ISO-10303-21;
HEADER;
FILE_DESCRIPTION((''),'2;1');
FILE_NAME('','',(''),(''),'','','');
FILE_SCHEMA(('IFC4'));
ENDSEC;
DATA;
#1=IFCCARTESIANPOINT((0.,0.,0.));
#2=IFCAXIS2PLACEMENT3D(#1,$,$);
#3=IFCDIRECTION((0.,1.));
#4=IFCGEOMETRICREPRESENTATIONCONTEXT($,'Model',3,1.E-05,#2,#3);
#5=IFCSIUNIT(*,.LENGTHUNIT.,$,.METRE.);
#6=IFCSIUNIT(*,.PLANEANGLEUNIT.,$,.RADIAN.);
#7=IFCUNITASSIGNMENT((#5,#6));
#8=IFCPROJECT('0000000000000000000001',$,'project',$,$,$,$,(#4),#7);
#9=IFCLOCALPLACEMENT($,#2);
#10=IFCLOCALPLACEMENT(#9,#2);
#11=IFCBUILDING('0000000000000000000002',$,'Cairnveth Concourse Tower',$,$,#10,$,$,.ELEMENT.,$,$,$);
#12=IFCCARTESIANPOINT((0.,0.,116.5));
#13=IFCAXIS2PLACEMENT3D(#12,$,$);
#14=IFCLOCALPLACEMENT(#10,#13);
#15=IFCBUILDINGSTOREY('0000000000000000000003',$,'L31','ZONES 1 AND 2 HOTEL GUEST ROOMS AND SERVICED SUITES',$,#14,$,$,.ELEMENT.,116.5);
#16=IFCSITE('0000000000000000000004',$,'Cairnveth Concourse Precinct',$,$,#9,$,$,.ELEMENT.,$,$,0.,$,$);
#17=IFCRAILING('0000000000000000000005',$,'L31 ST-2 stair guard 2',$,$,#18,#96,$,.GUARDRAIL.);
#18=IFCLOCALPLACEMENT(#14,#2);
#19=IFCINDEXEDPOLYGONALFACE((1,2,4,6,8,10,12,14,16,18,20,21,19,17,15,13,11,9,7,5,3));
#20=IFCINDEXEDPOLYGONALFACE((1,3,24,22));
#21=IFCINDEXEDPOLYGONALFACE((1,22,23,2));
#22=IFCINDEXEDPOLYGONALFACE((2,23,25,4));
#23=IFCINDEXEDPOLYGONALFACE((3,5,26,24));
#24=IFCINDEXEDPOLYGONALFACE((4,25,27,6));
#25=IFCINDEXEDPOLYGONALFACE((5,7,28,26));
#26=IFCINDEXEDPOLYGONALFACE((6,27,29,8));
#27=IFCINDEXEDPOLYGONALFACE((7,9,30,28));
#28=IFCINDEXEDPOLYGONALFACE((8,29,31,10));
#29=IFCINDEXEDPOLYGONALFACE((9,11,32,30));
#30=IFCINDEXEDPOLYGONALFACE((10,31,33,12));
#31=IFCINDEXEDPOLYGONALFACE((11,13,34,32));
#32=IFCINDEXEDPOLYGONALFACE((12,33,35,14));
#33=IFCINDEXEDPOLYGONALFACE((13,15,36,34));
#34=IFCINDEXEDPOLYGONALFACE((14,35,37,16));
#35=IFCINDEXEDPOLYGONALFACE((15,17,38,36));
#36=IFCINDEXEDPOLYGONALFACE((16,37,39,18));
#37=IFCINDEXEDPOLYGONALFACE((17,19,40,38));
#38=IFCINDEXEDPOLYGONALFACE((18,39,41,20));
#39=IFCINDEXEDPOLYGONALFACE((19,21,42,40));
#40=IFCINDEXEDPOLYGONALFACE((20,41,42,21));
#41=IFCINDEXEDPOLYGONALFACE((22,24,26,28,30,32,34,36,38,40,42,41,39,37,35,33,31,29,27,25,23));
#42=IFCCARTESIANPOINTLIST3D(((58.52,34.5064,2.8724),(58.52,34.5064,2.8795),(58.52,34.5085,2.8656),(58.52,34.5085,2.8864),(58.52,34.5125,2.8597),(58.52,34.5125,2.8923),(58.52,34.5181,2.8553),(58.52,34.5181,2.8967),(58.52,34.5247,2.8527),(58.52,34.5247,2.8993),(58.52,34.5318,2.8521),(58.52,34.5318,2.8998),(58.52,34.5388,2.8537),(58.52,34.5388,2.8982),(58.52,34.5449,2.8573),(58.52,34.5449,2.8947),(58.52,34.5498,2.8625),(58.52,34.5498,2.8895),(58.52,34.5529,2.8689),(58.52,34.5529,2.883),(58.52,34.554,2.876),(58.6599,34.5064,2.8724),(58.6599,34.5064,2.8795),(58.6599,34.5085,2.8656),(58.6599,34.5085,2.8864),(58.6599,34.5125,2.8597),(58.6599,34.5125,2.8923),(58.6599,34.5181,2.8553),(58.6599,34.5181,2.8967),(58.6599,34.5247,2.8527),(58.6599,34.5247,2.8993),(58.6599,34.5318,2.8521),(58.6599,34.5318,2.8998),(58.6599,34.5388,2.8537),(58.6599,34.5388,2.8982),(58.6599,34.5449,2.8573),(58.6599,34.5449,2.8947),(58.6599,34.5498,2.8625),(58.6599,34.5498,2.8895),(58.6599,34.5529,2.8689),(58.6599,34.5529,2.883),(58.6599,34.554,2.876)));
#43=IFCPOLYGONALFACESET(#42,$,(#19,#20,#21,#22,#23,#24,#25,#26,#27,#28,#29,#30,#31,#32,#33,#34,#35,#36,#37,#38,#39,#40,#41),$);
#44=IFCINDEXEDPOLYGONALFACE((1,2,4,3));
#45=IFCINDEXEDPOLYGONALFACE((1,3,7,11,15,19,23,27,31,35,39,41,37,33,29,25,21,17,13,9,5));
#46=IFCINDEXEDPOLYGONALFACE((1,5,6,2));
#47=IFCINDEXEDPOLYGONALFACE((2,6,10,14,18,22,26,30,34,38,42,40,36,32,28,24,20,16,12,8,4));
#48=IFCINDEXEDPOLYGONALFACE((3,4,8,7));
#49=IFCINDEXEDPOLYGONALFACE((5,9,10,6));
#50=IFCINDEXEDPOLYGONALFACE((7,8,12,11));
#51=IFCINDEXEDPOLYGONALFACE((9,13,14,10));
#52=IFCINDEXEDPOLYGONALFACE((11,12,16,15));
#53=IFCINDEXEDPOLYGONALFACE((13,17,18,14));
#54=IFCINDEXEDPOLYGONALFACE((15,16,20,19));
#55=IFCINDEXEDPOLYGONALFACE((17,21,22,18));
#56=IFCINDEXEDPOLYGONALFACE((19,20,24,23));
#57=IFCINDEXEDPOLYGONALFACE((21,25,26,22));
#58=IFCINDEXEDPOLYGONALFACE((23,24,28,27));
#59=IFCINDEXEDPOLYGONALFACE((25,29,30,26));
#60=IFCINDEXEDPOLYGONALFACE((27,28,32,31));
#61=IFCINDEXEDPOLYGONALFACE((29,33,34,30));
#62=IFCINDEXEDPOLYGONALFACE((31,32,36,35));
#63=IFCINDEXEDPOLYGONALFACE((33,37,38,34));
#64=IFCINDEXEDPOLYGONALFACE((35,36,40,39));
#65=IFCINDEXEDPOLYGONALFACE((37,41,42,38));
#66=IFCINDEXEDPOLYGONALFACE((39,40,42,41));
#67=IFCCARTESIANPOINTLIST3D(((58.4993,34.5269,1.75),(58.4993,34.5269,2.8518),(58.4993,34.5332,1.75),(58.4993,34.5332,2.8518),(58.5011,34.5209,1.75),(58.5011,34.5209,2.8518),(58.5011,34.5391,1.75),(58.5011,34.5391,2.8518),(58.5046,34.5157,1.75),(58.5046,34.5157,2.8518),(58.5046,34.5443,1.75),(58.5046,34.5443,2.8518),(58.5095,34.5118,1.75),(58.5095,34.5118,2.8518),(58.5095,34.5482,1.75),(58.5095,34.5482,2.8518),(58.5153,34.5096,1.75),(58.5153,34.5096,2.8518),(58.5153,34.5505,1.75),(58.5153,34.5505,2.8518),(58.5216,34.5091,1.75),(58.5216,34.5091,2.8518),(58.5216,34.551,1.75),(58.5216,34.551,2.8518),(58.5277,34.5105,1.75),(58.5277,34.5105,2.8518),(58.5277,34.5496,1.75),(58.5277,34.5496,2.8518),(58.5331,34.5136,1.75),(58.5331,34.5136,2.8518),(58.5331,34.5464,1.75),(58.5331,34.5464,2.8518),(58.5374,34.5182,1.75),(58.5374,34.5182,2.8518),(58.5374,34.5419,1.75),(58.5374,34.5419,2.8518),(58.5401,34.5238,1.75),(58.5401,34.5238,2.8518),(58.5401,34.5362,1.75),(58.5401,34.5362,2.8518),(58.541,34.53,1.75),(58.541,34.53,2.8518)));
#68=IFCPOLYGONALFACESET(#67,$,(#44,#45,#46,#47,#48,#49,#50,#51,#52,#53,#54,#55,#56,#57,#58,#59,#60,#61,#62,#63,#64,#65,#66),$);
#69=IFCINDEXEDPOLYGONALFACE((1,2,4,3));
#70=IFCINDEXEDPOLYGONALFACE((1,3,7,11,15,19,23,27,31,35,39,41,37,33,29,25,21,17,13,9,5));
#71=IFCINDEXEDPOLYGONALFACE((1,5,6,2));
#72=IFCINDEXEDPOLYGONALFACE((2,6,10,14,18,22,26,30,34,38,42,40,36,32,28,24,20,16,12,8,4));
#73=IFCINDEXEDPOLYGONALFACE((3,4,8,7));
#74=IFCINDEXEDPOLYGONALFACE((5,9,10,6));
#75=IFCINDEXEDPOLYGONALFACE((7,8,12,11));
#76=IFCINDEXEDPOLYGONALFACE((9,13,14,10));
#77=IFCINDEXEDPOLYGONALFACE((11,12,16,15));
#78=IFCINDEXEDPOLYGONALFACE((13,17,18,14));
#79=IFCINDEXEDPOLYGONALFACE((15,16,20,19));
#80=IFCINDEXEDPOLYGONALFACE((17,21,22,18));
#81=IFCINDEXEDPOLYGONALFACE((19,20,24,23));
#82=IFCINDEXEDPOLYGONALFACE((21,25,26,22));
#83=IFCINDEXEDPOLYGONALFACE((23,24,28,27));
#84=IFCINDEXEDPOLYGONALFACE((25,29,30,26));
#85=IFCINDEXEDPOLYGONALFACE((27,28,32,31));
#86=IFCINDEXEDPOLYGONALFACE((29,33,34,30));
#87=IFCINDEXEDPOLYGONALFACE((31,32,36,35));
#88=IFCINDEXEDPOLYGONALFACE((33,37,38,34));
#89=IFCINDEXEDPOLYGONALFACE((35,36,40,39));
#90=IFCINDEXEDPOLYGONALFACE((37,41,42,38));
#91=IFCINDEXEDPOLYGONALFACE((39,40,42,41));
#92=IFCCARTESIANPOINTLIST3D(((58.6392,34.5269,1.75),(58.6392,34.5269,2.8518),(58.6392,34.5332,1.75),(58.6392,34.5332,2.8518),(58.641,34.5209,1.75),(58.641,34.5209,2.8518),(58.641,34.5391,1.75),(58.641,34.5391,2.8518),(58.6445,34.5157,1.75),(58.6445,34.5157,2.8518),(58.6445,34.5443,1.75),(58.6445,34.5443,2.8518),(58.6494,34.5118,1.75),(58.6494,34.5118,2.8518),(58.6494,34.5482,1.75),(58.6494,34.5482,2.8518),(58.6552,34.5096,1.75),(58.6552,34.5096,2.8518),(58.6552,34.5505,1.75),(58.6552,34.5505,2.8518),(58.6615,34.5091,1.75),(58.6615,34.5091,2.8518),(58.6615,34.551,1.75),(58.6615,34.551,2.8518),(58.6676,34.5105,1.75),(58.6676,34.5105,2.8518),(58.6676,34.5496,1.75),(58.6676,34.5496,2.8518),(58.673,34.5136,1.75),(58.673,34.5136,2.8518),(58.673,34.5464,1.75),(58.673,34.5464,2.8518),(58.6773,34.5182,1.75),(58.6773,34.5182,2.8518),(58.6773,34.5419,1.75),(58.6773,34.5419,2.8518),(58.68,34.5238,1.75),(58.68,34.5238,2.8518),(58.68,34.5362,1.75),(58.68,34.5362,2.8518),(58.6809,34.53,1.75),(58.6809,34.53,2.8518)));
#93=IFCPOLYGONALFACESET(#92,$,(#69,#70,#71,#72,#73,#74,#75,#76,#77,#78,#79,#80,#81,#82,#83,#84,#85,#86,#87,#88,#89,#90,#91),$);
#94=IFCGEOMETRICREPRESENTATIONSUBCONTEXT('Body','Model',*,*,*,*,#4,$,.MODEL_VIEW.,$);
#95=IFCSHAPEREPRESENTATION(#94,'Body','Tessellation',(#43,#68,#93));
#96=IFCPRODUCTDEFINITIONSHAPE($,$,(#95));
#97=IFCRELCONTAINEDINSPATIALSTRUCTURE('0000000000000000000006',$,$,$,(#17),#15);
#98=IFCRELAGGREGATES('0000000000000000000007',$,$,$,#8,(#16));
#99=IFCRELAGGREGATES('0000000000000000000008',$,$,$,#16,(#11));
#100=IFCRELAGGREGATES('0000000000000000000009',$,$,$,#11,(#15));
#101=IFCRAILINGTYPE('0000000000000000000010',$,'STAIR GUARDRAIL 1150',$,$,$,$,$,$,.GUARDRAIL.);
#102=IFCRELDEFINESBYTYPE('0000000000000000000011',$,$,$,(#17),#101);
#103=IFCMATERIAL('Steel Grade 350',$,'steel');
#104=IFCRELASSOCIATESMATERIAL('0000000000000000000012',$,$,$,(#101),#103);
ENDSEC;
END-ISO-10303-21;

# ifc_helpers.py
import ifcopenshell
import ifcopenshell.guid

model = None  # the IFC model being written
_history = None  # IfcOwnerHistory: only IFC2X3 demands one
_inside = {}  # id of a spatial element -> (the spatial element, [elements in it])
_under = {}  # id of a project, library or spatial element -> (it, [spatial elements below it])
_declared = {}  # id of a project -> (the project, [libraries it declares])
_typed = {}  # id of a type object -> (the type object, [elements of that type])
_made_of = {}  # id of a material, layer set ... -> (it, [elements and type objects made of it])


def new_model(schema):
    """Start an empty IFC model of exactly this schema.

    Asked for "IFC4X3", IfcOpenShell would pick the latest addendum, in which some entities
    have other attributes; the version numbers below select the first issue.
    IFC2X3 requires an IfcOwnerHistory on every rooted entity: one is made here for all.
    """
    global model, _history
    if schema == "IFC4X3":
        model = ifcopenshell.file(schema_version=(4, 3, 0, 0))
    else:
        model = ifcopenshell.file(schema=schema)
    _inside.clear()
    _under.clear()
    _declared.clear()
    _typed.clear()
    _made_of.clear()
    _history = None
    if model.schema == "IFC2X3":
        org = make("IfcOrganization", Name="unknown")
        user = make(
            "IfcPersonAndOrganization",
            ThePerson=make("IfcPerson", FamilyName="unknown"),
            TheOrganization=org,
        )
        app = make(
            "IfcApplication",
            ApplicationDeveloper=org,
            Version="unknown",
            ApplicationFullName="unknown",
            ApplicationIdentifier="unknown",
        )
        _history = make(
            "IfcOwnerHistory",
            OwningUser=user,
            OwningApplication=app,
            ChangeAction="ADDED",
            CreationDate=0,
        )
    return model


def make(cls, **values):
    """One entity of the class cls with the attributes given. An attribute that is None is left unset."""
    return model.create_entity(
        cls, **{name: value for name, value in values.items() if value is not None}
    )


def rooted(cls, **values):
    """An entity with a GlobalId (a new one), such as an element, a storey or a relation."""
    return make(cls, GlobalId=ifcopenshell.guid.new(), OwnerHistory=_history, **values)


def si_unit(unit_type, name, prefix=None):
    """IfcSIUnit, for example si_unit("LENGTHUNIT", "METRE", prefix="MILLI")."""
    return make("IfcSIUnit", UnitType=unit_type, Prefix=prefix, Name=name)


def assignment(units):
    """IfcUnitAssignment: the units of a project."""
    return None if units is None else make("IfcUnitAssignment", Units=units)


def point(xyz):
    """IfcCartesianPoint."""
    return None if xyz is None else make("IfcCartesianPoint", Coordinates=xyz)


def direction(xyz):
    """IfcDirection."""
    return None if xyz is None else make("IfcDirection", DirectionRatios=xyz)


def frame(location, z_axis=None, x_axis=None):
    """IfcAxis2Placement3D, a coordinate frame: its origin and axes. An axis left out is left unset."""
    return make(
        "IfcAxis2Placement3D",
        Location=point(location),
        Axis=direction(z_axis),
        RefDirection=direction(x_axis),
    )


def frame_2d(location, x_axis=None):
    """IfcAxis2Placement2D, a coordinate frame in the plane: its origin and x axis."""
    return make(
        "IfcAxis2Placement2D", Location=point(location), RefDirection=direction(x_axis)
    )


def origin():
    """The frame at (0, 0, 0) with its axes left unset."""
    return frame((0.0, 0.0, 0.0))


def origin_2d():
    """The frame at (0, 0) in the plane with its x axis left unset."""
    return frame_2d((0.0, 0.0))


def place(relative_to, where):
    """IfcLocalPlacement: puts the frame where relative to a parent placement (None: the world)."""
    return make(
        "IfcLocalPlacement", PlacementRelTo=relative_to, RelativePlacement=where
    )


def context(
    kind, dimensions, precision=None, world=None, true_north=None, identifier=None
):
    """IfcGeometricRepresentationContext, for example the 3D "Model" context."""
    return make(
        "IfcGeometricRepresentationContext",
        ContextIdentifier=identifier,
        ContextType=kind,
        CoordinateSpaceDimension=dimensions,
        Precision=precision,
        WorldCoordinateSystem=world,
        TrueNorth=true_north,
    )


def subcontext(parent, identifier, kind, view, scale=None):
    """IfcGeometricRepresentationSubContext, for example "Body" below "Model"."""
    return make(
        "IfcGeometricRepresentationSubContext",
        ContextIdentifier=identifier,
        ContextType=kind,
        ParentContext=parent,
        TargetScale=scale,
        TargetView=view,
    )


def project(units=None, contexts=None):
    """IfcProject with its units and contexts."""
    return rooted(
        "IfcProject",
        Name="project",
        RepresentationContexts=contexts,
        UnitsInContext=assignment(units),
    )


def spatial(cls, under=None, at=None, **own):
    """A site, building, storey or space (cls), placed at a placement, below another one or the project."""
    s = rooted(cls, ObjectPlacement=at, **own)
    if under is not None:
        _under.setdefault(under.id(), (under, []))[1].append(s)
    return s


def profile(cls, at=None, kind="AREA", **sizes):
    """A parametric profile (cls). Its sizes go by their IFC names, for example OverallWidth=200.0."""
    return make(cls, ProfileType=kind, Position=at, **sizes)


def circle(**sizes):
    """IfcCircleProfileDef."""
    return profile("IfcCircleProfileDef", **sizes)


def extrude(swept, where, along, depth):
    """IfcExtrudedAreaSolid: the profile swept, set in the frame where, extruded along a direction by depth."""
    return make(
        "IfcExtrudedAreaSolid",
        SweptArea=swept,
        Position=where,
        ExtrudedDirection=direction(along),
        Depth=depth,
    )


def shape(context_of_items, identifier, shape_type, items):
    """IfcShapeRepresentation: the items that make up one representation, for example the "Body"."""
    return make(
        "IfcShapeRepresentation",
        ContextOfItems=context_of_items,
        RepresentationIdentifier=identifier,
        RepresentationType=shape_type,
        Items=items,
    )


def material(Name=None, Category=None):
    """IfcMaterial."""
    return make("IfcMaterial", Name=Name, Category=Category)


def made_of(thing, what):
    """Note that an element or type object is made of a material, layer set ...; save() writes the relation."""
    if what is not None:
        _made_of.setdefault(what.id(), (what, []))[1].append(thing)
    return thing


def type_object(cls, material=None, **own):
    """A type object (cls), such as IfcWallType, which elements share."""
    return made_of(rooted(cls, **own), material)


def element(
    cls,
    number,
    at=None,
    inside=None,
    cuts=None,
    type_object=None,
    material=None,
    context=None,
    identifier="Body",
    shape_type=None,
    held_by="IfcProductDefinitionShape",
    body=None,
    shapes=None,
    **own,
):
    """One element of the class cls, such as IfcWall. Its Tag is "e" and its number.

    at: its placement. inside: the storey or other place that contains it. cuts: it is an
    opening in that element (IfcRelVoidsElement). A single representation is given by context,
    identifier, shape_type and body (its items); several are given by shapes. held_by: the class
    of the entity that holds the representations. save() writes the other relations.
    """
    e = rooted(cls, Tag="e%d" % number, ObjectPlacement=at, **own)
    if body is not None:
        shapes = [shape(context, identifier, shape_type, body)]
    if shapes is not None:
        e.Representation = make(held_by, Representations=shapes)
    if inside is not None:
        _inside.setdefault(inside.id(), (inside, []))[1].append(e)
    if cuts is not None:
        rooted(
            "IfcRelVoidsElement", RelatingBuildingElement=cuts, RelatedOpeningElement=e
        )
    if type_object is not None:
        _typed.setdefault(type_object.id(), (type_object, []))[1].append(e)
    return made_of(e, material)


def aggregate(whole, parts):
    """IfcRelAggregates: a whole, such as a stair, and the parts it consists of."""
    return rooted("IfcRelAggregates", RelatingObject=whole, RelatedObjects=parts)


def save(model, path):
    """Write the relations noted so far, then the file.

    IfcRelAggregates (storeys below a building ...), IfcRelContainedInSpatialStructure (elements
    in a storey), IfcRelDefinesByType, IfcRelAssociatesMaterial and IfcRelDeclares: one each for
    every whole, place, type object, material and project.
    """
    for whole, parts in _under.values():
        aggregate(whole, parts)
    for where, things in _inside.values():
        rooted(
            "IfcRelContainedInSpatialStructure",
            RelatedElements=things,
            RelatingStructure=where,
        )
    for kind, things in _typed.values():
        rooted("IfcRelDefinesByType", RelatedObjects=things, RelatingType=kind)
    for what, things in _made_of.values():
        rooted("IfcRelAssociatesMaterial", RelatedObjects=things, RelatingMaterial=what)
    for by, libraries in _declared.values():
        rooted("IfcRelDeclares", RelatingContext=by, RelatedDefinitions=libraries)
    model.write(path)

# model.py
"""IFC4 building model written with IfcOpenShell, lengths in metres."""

from ifc_helpers import new_model, si_unit, direction, frame, origin, origin_2d, place, context, subcontext, project, spatial, circle, extrude, material, type_object, element, save


model = new_model("IFC4")

# Units and contexts
model_context = context("Model", 3, precision=1e-05, world=origin(), true_north=direction((0.0, 1.0)))
body_context = subcontext(model_context, "Body", "Model", "MODEL_VIEW")
ifc_project = project(units=[si_unit("LENGTHUNIT", "METRE"), si_unit("PLANEANGLEUNIT", "RADIAN")], contexts=[model_context])

# Site, building, storey
site_placement = place(None, origin())
site = spatial("IfcSite", under=ifc_project, at=site_placement, Name="Cairnveth Concourse Precinct", CompositionType="ELEMENT", RefElevation=0.0)
building_placement = place(site_placement, origin())
building = spatial("IfcBuilding", under=site, at=building_placement, Name="Cairnveth Concourse Tower", CompositionType="ELEMENT")
storey_placement = place(building_placement, frame((0.0, 0.0, 116.5)))
storey = spatial("IfcBuildingStorey", under=building, at=storey_placement, Name="L31", Description="ZONES 1 AND 2 HOTEL GUEST ROOMS AND SERVICED SUITES", CompositionType="ELEMENT", Elevation=116.5)

# Shared definitions
ifc_material_1 = material(Name="Steel Grade 350", Category="steel")

# Railing
railing_type_1 = type_object("IfcRailingType", Name="STAIR GUARDRAIL 1150", PredefinedType="GUARDRAIL", material=ifc_material_1)
railing_1_placement = place(storey_placement, frame((58.52, 34.53, 1.75)))
element("IfcRailing", 1, at=railing_1_placement, inside=storey, type_object=railing_type_1, Name="L31 ST-2 stair guard 2", PredefinedType="GUARDRAIL", context=body_context, shape_type="SweptSolid", body=[
    extrude(circle(Radius=0.0239, at=origin_2d()), frame((0.0, 0.0, 1.126), z_axis=(1.0, 0.0, 0.0), x_axis=(0.0, 1.0, 0.0)), (0.0, 0.0, 1.0), 0.1399),
    extrude(circle(Radius=0.021, at=origin_2d()), origin(), (0.0, 0.0, 1.0), 1.1018),
    extrude(circle(Radius=0.021, at=origin_2d()), frame((0.1399, 0.0, 0.0)), (0.0, 0.0, 1.0), 1.1018),
])

save(model, "model.ifc")
